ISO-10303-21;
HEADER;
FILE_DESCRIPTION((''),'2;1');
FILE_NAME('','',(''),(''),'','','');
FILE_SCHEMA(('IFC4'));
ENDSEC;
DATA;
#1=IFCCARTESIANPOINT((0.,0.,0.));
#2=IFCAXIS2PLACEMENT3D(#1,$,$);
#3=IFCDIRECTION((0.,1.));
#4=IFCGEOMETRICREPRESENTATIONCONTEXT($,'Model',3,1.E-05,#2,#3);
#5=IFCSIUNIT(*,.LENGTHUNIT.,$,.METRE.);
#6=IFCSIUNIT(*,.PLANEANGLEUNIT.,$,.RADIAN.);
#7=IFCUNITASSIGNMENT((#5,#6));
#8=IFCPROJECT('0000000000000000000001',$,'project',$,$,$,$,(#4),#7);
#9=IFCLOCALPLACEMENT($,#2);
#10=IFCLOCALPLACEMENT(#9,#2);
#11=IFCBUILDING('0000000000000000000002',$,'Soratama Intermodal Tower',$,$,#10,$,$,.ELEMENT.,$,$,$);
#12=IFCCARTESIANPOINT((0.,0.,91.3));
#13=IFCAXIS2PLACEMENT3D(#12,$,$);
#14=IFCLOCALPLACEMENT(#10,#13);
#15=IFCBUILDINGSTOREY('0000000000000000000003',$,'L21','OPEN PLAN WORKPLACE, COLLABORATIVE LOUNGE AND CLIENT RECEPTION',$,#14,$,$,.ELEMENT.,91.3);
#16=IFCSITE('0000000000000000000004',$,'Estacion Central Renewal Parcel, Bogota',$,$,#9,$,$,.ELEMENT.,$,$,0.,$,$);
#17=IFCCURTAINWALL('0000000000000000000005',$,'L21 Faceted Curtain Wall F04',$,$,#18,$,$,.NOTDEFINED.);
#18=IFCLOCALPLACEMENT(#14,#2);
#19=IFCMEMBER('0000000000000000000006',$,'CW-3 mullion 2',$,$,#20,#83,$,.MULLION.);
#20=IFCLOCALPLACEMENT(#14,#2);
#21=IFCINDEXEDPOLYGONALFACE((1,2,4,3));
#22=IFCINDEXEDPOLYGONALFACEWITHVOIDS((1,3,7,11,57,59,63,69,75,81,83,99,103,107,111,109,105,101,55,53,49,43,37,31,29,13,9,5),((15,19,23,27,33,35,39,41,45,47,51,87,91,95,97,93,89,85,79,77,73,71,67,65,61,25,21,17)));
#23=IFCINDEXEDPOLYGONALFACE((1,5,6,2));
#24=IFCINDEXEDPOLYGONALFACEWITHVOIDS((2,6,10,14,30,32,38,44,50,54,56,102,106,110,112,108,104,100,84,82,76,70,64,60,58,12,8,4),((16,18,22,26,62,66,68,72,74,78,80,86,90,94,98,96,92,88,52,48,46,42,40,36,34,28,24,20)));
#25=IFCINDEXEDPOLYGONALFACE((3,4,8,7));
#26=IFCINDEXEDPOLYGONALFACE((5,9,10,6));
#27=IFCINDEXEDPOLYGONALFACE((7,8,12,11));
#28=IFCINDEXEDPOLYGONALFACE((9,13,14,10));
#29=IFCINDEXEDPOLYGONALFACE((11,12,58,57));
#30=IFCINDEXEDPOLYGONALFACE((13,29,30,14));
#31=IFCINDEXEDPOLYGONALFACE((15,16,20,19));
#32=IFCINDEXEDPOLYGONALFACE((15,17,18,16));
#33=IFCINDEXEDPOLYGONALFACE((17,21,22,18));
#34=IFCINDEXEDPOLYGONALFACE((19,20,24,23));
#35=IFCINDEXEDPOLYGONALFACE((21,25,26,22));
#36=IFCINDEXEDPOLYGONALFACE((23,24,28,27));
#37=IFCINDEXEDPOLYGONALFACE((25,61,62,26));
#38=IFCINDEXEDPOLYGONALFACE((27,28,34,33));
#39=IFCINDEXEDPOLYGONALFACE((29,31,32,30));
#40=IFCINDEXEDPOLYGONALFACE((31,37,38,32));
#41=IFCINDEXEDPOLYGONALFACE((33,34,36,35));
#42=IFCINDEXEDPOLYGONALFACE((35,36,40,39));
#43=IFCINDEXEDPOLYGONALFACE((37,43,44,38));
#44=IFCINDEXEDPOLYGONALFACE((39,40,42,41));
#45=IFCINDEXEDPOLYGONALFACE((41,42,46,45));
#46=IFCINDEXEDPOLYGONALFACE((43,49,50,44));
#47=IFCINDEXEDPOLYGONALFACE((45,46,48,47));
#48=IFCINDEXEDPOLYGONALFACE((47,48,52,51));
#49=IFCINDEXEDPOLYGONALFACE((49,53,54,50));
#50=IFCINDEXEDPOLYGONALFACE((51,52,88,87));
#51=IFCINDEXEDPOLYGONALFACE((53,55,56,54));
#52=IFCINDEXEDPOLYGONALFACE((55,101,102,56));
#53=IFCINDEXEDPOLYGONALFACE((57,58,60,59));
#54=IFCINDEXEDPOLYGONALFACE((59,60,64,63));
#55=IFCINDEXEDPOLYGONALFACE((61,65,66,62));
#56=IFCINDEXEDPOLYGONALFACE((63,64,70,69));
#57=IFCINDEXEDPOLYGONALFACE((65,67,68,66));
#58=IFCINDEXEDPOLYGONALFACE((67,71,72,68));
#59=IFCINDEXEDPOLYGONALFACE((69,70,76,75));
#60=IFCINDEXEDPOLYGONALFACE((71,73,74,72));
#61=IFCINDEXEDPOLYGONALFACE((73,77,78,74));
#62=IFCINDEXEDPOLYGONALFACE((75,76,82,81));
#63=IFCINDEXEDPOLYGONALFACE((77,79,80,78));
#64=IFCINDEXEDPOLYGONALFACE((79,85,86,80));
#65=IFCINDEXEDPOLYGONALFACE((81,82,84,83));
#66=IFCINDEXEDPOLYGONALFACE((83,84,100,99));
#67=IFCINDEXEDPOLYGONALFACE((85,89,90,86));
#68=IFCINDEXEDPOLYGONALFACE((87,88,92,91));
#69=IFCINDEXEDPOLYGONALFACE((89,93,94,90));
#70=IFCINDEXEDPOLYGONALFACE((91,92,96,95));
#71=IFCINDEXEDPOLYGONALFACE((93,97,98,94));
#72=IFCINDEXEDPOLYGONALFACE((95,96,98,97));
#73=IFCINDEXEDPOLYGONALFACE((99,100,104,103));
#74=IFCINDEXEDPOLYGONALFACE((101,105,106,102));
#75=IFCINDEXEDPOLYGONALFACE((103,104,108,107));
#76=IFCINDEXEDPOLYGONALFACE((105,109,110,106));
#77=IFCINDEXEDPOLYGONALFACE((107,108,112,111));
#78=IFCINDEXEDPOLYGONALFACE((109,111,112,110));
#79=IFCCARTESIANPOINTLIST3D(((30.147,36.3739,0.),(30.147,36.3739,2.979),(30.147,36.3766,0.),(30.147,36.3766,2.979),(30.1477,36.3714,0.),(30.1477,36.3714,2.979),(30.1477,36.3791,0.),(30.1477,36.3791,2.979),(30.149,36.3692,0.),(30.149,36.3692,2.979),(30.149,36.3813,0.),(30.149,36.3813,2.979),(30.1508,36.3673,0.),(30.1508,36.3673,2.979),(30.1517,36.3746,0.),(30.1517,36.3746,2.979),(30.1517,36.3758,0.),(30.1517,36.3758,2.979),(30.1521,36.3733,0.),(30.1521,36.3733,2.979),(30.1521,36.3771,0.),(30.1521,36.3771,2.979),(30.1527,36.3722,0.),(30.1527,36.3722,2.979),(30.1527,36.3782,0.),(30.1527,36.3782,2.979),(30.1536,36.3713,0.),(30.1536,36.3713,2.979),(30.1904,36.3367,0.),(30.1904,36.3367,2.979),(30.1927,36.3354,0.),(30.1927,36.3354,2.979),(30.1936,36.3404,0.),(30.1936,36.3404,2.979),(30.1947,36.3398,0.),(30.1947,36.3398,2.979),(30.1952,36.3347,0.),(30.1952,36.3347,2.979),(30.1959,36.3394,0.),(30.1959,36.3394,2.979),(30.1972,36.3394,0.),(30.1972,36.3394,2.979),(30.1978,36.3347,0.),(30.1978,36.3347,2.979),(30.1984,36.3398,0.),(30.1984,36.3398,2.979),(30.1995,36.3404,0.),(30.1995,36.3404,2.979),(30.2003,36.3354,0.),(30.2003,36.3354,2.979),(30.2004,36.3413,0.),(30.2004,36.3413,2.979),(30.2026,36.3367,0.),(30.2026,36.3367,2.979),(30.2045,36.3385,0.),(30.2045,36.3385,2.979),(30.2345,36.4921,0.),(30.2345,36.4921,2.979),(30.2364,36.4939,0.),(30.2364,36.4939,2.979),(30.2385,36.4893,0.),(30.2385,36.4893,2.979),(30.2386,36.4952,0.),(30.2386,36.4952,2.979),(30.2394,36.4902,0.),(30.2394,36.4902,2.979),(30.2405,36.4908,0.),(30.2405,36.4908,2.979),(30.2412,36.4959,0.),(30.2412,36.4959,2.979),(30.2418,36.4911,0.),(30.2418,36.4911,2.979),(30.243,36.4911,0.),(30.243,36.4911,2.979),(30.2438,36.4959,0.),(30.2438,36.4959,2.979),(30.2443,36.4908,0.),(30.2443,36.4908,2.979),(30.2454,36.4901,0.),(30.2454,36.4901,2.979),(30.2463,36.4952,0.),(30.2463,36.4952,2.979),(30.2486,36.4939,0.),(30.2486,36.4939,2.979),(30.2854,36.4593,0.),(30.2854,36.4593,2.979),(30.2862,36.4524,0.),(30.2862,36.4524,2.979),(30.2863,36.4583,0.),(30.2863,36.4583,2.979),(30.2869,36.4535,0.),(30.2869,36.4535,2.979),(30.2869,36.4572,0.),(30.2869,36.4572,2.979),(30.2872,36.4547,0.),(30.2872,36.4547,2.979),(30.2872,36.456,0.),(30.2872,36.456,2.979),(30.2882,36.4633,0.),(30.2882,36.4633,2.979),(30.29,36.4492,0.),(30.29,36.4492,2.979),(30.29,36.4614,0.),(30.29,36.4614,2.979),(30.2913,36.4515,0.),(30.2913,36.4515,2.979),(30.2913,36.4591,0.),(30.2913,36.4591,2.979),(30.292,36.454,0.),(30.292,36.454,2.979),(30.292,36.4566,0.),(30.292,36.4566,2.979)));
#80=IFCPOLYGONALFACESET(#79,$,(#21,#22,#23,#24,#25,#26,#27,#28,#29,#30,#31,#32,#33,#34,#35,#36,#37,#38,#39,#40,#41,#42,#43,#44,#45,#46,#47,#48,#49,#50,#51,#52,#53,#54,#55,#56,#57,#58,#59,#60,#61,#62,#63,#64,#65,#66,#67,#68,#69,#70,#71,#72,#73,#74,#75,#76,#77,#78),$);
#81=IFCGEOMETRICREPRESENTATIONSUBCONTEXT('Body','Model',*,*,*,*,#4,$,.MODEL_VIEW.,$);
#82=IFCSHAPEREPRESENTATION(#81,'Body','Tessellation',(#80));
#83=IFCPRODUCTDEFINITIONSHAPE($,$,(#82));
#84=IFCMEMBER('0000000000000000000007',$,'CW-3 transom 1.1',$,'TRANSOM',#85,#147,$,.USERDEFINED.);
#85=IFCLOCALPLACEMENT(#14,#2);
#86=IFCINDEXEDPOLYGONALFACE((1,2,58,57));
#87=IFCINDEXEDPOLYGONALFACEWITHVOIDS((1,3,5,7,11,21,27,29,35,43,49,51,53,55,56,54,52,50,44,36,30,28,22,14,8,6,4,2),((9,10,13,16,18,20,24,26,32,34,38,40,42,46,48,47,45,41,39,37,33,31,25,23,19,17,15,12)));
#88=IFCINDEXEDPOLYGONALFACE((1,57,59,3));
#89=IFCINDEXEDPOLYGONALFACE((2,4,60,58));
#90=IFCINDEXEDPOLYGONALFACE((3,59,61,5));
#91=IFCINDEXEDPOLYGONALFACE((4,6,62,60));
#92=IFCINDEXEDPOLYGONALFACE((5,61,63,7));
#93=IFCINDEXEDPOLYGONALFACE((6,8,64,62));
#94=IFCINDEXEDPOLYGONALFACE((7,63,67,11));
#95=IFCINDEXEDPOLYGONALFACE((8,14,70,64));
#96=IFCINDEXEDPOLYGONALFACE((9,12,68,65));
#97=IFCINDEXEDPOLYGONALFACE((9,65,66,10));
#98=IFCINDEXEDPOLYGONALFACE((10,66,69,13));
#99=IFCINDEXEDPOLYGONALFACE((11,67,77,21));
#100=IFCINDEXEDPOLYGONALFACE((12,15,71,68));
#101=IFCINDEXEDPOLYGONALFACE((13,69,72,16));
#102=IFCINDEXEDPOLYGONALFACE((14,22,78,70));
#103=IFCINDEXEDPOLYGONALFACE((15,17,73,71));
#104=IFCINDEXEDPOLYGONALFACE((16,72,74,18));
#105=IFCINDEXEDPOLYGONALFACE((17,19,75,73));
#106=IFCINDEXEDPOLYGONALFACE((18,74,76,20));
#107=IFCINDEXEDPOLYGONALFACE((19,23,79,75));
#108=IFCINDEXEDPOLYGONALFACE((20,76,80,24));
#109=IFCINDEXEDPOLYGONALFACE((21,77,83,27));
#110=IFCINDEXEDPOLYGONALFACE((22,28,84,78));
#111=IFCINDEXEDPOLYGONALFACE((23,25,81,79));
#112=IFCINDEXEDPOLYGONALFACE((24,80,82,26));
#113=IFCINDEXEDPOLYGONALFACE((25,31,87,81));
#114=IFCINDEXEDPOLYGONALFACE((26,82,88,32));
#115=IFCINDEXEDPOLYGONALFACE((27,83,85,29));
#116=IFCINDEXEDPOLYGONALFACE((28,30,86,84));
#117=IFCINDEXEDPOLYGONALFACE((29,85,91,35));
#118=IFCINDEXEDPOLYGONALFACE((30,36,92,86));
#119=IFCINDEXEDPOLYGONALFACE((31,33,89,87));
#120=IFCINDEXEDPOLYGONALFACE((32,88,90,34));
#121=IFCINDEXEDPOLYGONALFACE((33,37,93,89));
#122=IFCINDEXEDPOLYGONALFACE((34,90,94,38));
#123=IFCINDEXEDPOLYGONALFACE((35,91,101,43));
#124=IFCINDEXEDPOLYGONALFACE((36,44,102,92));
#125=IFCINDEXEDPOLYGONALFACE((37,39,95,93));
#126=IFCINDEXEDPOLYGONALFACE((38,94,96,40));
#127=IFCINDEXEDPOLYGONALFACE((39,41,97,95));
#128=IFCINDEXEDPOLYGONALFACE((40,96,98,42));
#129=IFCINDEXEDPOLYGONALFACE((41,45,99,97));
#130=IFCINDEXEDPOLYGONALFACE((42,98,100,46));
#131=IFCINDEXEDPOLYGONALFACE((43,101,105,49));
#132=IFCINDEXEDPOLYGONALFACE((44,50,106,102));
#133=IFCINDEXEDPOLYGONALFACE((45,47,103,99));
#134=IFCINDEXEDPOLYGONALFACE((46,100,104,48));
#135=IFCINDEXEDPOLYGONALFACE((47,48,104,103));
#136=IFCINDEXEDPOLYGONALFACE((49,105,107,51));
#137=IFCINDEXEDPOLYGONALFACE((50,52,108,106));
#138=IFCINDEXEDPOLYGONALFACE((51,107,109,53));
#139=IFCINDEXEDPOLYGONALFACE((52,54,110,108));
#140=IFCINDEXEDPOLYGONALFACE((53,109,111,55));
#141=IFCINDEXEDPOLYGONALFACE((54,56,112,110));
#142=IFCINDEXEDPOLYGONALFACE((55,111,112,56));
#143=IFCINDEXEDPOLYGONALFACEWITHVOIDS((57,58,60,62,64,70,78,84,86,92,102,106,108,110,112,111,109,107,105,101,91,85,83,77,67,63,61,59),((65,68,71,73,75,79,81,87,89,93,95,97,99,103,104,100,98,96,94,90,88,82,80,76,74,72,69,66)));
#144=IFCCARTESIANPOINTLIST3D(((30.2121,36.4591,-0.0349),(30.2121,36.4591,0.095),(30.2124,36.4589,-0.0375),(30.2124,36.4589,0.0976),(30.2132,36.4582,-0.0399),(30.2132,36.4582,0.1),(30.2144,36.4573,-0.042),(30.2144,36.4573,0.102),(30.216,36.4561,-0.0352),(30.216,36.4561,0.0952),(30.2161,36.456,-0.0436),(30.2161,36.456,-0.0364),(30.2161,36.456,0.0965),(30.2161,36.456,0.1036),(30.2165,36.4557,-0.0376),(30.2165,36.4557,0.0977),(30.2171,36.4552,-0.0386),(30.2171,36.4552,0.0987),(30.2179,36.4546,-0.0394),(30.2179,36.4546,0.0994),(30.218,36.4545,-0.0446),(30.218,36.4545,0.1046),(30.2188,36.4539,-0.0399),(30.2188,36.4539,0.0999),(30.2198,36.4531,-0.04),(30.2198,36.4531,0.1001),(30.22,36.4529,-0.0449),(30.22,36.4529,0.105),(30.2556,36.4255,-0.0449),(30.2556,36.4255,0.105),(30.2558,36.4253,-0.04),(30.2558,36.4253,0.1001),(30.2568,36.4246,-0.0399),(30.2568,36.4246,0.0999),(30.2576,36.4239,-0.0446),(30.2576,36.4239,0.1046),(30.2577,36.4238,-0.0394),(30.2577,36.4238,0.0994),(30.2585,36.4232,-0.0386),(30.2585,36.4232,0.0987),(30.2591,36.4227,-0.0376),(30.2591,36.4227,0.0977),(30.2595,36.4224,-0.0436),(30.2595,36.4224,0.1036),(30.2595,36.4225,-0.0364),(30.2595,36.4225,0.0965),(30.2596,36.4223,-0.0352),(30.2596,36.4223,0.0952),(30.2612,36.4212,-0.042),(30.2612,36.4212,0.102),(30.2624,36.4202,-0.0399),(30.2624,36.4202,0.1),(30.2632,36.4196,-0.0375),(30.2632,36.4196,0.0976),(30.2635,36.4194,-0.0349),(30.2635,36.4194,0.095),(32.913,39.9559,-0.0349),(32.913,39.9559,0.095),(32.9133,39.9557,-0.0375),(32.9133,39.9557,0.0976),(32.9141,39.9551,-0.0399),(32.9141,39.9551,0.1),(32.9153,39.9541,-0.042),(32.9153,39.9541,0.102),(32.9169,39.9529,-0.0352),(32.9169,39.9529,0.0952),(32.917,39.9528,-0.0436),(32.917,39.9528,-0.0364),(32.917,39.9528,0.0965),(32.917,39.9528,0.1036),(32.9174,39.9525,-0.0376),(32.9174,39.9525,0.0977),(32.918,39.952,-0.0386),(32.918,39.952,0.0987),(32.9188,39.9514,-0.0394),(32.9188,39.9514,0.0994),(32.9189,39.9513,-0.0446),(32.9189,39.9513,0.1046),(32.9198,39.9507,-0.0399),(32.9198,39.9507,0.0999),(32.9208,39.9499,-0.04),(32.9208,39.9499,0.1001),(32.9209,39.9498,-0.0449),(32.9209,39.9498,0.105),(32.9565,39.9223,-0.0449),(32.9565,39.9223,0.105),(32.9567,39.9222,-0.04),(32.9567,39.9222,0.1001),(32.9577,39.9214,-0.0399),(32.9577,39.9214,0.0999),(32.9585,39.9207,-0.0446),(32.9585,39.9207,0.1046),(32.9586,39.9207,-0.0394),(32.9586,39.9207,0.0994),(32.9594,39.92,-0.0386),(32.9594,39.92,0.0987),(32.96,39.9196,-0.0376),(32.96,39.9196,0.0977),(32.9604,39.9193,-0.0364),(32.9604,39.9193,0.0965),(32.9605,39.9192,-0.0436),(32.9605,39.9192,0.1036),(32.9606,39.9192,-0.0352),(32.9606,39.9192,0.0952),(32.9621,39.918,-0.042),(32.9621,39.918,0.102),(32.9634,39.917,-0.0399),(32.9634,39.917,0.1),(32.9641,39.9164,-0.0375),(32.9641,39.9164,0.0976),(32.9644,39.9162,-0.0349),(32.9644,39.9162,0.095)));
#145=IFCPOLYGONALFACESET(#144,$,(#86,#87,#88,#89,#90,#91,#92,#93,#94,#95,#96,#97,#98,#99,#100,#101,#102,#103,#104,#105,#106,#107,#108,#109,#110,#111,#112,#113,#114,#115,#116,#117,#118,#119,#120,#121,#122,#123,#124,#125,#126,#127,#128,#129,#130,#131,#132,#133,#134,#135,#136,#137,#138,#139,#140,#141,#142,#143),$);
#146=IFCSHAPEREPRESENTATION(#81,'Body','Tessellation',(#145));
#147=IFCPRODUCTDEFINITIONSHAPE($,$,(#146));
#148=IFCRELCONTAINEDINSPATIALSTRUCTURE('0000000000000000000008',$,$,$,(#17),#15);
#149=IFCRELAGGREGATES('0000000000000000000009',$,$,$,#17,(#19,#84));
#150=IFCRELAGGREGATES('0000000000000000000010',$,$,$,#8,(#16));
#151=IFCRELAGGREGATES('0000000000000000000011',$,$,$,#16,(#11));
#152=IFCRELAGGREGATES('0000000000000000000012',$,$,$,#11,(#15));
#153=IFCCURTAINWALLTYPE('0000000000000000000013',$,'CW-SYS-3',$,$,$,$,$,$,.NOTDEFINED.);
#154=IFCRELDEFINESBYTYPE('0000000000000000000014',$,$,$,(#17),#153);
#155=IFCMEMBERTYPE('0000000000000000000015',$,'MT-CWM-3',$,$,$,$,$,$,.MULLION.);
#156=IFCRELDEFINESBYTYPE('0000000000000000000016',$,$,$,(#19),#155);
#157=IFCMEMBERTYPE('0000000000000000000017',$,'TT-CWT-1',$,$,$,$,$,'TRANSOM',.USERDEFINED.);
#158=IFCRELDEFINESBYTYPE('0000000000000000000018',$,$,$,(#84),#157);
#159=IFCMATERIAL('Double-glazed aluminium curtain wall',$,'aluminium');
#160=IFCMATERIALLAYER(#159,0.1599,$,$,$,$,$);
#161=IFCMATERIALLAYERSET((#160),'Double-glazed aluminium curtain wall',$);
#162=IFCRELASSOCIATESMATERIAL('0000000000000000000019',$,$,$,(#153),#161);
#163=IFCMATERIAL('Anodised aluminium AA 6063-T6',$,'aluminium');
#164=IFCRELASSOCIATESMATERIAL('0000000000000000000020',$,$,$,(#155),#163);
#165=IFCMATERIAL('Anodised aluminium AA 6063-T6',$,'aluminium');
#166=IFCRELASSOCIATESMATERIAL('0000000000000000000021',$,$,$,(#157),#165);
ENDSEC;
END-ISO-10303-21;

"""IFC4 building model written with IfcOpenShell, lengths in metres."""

from ifc_helpers import new_model, si_unit, direction, frame, origin, origin_2d, place, context, subcontext, project, spatial, hollow_rectangle, extrude, material, layer, layer_set, material_profile, profile_set, type_object, element, aggregate, save


model = new_model("IFC4")

# Units and contexts
model_context = context("Model", 3, precision=1e-05, world=origin(), true_north=direction((0.0, 1.0)))
body_context = subcontext(model_context, "Body", "Model", "MODEL_VIEW")
ifc_project = project(units=[si_unit("LENGTHUNIT", "METRE"), si_unit("PLANEANGLEUNIT", "RADIAN")], contexts=[model_context])

# Site, building, storey
site_placement = place(None, origin())
site = spatial("IfcSite", under=ifc_project, at=site_placement, Name="Estacion Central Renewal Parcel, Bogota", CompositionType="ELEMENT", RefElevation=0.0)
building_placement = place(site_placement, origin())
building = spatial("IfcBuilding", under=site, at=building_placement, Name="Soratama Intermodal Tower", CompositionType="ELEMENT")
storey_placement = place(building_placement, frame((0.0, 0.0, 91.3)))
storey = spatial("IfcBuildingStorey", under=building, at=storey_placement, Name="L21", Description="OPEN PLAN WORKPLACE, COLLABORATIVE LOUNGE AND CLIENT RECEPTION", CompositionType="ELEMENT", Elevation=91.3)

# Curtain wall, members
ifc_material_1 = material(Name="Double-glazed aluminium curtain wall", Category="aluminium")
ifc_layer_1 = layer(ifc_material_1, 0.1599)
ifc_layer_set_1 = layer_set([ifc_layer_1], Name="Double-glazed aluminium curtain wall")
curtain_wall_type = type_object("IfcCurtainWallType", Name="CW-SYS-3", PredefinedType="NOTDEFINED", material=ifc_layer_set_1)
curtain_wall_placement = place(storey_placement, origin())
curtain_wall = element("IfcCurtainWall", 1, at=curtain_wall_placement, inside=storey, type_object=curtain_wall_type, Name="L21 Faceted Curtain Wall F04", PredefinedType="NOTDEFINED")
ifc_material_2 = material(Name="Anodised aluminium AA 6063-T6", Category="aluminium")
ifc_material_profile_1 = material_profile(ifc_material_2, hollow_rectangle(XDim=0.0701, YDim=0.1599, WallThickness=0.0049, InnerFilletRadius=0.0049, OuterFilletRadius=0.01, at=origin_2d()), Name="CWM160X70X5")
ifc_profile_set_1 = profile_set([ifc_material_profile_1], Name="Anodised aluminium AA 6063-T6")
member_type_1 = type_object("IfcMemberType", Name="MT-CWM-3", PredefinedType="MULLION", material=ifc_profile_set_1)
member_1_placement = place(storey_placement, frame((30.2195, 36.4153, 0.0), z_axis=(0.0, 0.0, 1.0), x_axis=(0.791437, -0.611251, 0.0)))
member_1 = element("IfcMember", 2, at=member_1_placement, type_object=member_type_1, Name="CW-3 mullion 2", PredefinedType="MULLION", context=body_context, shape_type="SweptSolid", body=[
    extrude(hollow_rectangle(XDim=0.0701, YDim=0.1599, WallThickness=0.0049, InnerFilletRadius=0.0049, OuterFilletRadius=0.01, at=origin_2d()), origin(), (0.0, 0.0, 1.0), 2.979),
])
ifc_material_3 = material(Name="Anodised aluminium AA 6063-T6", Category="aluminium")
ifc_material_profile_2 = material_profile(ifc_material_3, hollow_rectangle(XDim=0.0649, YDim=0.1499, WallThickness=0.0049, InnerFilletRadius=0.0049, OuterFilletRadius=0.01, at=origin_2d()), Name="CWT150X65X5")
ifc_profile_set_2 = profile_set([ifc_material_profile_2], Name="Anodised aluminium AA 6063-T6")
member_type_2 = type_object("IfcMemberType", Name="TT-CWT-1", ElementType="TRANSOM", PredefinedType="USERDEFINED", material=ifc_profile_set_2)
member_2_placement = place(storey_placement, frame((32.9387, 39.936, 0.03), z_axis=(-0.611282, -0.791413, 0.0), x_axis=(0.791413, -0.611282, 0.0)))
member_2 = element("IfcMember", 3, at=member_2_placement, type_object=member_type_2, Name="CW-3 transom 1.1", ObjectType="TRANSOM", PredefinedType="USERDEFINED", context=body_context, shape_type="SweptSolid", body=[
    extrude(hollow_rectangle(XDim=0.0649, YDim=0.1499, WallThickness=0.0049, InnerFilletRadius=0.0049, OuterFilletRadius=0.01, at=origin_2d()), origin(), (0.0, 0.0, 1.0), 4.4185),
])
aggregate(curtain_wall, [member_1, member_2])

save(model, "model.ifc")
